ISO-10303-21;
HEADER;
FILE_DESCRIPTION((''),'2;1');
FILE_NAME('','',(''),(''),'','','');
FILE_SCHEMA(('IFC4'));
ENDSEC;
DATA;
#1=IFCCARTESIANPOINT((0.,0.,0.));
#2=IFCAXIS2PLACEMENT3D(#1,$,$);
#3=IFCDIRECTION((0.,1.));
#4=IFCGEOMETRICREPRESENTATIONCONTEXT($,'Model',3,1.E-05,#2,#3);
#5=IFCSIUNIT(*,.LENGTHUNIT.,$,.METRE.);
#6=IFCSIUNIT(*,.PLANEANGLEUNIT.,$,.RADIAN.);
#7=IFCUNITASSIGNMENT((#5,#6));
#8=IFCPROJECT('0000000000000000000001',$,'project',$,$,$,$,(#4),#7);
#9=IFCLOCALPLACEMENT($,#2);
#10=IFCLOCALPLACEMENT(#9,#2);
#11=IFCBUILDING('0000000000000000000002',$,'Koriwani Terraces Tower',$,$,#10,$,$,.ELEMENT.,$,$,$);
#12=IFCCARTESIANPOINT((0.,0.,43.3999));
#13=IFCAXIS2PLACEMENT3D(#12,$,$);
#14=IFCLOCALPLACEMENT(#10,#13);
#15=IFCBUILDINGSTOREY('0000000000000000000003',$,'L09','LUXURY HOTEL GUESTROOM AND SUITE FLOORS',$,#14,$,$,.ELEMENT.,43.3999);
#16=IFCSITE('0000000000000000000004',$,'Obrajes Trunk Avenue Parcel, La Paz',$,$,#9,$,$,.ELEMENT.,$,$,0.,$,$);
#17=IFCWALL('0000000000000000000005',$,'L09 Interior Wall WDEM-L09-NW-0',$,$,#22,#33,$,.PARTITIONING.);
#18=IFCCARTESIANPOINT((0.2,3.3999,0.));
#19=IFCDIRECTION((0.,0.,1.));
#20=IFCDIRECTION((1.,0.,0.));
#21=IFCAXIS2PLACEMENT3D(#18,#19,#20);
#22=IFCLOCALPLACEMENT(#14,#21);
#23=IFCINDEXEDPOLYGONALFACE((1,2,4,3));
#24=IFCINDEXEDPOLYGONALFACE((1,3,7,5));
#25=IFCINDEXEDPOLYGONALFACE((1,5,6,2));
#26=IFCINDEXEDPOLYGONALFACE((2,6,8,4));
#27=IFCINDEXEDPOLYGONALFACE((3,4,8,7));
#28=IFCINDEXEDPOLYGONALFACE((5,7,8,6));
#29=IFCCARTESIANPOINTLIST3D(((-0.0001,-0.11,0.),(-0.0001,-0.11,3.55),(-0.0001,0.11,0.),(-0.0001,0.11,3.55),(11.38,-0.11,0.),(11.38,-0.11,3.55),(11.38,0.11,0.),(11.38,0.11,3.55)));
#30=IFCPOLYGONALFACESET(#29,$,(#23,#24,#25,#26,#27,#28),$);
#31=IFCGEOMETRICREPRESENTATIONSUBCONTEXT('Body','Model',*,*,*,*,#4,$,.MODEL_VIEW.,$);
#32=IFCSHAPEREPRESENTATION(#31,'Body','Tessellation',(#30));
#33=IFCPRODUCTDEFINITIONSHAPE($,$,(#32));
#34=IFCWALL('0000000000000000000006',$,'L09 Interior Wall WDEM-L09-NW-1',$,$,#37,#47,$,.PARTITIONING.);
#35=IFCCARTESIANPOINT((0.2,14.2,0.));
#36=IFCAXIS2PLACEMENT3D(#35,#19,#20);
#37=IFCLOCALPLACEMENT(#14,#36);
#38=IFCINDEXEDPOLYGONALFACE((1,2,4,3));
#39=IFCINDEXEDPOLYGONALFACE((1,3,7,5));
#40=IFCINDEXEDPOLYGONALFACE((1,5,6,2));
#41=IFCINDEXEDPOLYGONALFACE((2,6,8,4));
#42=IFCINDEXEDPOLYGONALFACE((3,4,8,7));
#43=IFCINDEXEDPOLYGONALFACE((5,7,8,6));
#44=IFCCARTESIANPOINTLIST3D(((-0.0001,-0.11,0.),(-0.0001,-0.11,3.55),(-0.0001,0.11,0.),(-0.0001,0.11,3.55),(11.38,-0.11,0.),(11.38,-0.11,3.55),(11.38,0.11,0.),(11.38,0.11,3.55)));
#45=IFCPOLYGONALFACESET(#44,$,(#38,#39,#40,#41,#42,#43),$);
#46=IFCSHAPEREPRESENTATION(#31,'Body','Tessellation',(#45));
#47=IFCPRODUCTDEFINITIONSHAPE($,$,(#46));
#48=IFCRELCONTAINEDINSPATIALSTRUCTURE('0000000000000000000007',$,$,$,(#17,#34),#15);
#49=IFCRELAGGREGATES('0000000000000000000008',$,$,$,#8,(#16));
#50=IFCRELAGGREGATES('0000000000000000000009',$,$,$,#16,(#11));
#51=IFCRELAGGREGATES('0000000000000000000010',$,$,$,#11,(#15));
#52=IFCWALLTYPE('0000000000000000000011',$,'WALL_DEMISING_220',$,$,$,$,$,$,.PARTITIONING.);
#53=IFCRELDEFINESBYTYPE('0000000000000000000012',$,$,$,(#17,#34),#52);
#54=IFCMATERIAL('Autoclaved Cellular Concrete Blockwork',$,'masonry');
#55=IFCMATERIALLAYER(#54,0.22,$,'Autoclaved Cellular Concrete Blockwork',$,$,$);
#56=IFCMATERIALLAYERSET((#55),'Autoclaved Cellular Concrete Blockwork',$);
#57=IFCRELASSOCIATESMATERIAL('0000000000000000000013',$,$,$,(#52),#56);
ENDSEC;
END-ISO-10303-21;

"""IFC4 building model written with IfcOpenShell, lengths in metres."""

from ifc_helpers import new_model, si_unit, direction, frame, frame_2d, origin, place, context, subcontext, project, spatial, rectangle, extrude, material, layer, layer_set, type_object, element, save


model = new_model("IFC4")

# Units and contexts
model_context = context("Model", 3, precision=1e-05, world=origin(), true_north=direction((0.0, 1.0)))
body_context = subcontext(model_context, "Body", "Model", "MODEL_VIEW")
ifc_project = project(units=[si_unit("LENGTHUNIT", "METRE"), si_unit("PLANEANGLEUNIT", "RADIAN")], contexts=[model_context])

# Site, building, storey
site_placement = place(None, origin())
site = spatial("IfcSite", under=ifc_project, at=site_placement, Name="Obrajes Trunk Avenue Parcel, La Paz", CompositionType="ELEMENT", RefElevation=0.0)
building_placement = place(site_placement, origin())
building = spatial("IfcBuilding", under=site, at=building_placement, Name="Koriwani Terraces Tower", CompositionType="ELEMENT")
storey_placement = place(building_placement, frame((0.0, 0.0, 43.3999)))
storey = spatial("IfcBuildingStorey", under=building, at=storey_placement, Name="L09", Description="LUXURY HOTEL GUESTROOM AND SUITE FLOORS", CompositionType="ELEMENT", Elevation=43.3999)

# Walls
ifc_material_1 = material(Name="Autoclaved Cellular Concrete Blockwork", Category="masonry")
ifc_layer_1 = layer(ifc_material_1, 0.22, Name="Autoclaved Cellular Concrete Blockwork")
ifc_layer_set_1 = layer_set([ifc_layer_1], Name="Autoclaved Cellular Concrete Blockwork")
wall_type_1 = type_object("IfcWallType", Name="WALL_DEMISING_220", PredefinedType="PARTITIONING", material=ifc_layer_set_1)
for number, where, z_axis, x_axis, name in (
    (1, (0.2, 3.3999, 0.0), (0.0, 0.0, 1.0), (1.0, 0.0, 0.0), "L09 Interior Wall WDEM-L09-NW-0"),
    (2, (0.2, 14.2, 0.0), (0.0, 0.0, 1.0), (1.0, 0.0, 0.0), "L09 Interior Wall WDEM-L09-NW-1"),
):
    element("IfcWall", number, at=place(storey_placement, frame(where, z_axis=z_axis, x_axis=x_axis)), inside=storey, type_object=wall_type_1, Name=name, PredefinedType="PARTITIONING", context=body_context, shape_type="SweptSolid", body=[
        extrude(rectangle(XDim=11.3801, YDim=0.22, at=frame_2d((5.6899, 0.0))), origin(), (0.0, 0.0, 1.0), 3.55),
    ])

save(model, "model.ifc")
